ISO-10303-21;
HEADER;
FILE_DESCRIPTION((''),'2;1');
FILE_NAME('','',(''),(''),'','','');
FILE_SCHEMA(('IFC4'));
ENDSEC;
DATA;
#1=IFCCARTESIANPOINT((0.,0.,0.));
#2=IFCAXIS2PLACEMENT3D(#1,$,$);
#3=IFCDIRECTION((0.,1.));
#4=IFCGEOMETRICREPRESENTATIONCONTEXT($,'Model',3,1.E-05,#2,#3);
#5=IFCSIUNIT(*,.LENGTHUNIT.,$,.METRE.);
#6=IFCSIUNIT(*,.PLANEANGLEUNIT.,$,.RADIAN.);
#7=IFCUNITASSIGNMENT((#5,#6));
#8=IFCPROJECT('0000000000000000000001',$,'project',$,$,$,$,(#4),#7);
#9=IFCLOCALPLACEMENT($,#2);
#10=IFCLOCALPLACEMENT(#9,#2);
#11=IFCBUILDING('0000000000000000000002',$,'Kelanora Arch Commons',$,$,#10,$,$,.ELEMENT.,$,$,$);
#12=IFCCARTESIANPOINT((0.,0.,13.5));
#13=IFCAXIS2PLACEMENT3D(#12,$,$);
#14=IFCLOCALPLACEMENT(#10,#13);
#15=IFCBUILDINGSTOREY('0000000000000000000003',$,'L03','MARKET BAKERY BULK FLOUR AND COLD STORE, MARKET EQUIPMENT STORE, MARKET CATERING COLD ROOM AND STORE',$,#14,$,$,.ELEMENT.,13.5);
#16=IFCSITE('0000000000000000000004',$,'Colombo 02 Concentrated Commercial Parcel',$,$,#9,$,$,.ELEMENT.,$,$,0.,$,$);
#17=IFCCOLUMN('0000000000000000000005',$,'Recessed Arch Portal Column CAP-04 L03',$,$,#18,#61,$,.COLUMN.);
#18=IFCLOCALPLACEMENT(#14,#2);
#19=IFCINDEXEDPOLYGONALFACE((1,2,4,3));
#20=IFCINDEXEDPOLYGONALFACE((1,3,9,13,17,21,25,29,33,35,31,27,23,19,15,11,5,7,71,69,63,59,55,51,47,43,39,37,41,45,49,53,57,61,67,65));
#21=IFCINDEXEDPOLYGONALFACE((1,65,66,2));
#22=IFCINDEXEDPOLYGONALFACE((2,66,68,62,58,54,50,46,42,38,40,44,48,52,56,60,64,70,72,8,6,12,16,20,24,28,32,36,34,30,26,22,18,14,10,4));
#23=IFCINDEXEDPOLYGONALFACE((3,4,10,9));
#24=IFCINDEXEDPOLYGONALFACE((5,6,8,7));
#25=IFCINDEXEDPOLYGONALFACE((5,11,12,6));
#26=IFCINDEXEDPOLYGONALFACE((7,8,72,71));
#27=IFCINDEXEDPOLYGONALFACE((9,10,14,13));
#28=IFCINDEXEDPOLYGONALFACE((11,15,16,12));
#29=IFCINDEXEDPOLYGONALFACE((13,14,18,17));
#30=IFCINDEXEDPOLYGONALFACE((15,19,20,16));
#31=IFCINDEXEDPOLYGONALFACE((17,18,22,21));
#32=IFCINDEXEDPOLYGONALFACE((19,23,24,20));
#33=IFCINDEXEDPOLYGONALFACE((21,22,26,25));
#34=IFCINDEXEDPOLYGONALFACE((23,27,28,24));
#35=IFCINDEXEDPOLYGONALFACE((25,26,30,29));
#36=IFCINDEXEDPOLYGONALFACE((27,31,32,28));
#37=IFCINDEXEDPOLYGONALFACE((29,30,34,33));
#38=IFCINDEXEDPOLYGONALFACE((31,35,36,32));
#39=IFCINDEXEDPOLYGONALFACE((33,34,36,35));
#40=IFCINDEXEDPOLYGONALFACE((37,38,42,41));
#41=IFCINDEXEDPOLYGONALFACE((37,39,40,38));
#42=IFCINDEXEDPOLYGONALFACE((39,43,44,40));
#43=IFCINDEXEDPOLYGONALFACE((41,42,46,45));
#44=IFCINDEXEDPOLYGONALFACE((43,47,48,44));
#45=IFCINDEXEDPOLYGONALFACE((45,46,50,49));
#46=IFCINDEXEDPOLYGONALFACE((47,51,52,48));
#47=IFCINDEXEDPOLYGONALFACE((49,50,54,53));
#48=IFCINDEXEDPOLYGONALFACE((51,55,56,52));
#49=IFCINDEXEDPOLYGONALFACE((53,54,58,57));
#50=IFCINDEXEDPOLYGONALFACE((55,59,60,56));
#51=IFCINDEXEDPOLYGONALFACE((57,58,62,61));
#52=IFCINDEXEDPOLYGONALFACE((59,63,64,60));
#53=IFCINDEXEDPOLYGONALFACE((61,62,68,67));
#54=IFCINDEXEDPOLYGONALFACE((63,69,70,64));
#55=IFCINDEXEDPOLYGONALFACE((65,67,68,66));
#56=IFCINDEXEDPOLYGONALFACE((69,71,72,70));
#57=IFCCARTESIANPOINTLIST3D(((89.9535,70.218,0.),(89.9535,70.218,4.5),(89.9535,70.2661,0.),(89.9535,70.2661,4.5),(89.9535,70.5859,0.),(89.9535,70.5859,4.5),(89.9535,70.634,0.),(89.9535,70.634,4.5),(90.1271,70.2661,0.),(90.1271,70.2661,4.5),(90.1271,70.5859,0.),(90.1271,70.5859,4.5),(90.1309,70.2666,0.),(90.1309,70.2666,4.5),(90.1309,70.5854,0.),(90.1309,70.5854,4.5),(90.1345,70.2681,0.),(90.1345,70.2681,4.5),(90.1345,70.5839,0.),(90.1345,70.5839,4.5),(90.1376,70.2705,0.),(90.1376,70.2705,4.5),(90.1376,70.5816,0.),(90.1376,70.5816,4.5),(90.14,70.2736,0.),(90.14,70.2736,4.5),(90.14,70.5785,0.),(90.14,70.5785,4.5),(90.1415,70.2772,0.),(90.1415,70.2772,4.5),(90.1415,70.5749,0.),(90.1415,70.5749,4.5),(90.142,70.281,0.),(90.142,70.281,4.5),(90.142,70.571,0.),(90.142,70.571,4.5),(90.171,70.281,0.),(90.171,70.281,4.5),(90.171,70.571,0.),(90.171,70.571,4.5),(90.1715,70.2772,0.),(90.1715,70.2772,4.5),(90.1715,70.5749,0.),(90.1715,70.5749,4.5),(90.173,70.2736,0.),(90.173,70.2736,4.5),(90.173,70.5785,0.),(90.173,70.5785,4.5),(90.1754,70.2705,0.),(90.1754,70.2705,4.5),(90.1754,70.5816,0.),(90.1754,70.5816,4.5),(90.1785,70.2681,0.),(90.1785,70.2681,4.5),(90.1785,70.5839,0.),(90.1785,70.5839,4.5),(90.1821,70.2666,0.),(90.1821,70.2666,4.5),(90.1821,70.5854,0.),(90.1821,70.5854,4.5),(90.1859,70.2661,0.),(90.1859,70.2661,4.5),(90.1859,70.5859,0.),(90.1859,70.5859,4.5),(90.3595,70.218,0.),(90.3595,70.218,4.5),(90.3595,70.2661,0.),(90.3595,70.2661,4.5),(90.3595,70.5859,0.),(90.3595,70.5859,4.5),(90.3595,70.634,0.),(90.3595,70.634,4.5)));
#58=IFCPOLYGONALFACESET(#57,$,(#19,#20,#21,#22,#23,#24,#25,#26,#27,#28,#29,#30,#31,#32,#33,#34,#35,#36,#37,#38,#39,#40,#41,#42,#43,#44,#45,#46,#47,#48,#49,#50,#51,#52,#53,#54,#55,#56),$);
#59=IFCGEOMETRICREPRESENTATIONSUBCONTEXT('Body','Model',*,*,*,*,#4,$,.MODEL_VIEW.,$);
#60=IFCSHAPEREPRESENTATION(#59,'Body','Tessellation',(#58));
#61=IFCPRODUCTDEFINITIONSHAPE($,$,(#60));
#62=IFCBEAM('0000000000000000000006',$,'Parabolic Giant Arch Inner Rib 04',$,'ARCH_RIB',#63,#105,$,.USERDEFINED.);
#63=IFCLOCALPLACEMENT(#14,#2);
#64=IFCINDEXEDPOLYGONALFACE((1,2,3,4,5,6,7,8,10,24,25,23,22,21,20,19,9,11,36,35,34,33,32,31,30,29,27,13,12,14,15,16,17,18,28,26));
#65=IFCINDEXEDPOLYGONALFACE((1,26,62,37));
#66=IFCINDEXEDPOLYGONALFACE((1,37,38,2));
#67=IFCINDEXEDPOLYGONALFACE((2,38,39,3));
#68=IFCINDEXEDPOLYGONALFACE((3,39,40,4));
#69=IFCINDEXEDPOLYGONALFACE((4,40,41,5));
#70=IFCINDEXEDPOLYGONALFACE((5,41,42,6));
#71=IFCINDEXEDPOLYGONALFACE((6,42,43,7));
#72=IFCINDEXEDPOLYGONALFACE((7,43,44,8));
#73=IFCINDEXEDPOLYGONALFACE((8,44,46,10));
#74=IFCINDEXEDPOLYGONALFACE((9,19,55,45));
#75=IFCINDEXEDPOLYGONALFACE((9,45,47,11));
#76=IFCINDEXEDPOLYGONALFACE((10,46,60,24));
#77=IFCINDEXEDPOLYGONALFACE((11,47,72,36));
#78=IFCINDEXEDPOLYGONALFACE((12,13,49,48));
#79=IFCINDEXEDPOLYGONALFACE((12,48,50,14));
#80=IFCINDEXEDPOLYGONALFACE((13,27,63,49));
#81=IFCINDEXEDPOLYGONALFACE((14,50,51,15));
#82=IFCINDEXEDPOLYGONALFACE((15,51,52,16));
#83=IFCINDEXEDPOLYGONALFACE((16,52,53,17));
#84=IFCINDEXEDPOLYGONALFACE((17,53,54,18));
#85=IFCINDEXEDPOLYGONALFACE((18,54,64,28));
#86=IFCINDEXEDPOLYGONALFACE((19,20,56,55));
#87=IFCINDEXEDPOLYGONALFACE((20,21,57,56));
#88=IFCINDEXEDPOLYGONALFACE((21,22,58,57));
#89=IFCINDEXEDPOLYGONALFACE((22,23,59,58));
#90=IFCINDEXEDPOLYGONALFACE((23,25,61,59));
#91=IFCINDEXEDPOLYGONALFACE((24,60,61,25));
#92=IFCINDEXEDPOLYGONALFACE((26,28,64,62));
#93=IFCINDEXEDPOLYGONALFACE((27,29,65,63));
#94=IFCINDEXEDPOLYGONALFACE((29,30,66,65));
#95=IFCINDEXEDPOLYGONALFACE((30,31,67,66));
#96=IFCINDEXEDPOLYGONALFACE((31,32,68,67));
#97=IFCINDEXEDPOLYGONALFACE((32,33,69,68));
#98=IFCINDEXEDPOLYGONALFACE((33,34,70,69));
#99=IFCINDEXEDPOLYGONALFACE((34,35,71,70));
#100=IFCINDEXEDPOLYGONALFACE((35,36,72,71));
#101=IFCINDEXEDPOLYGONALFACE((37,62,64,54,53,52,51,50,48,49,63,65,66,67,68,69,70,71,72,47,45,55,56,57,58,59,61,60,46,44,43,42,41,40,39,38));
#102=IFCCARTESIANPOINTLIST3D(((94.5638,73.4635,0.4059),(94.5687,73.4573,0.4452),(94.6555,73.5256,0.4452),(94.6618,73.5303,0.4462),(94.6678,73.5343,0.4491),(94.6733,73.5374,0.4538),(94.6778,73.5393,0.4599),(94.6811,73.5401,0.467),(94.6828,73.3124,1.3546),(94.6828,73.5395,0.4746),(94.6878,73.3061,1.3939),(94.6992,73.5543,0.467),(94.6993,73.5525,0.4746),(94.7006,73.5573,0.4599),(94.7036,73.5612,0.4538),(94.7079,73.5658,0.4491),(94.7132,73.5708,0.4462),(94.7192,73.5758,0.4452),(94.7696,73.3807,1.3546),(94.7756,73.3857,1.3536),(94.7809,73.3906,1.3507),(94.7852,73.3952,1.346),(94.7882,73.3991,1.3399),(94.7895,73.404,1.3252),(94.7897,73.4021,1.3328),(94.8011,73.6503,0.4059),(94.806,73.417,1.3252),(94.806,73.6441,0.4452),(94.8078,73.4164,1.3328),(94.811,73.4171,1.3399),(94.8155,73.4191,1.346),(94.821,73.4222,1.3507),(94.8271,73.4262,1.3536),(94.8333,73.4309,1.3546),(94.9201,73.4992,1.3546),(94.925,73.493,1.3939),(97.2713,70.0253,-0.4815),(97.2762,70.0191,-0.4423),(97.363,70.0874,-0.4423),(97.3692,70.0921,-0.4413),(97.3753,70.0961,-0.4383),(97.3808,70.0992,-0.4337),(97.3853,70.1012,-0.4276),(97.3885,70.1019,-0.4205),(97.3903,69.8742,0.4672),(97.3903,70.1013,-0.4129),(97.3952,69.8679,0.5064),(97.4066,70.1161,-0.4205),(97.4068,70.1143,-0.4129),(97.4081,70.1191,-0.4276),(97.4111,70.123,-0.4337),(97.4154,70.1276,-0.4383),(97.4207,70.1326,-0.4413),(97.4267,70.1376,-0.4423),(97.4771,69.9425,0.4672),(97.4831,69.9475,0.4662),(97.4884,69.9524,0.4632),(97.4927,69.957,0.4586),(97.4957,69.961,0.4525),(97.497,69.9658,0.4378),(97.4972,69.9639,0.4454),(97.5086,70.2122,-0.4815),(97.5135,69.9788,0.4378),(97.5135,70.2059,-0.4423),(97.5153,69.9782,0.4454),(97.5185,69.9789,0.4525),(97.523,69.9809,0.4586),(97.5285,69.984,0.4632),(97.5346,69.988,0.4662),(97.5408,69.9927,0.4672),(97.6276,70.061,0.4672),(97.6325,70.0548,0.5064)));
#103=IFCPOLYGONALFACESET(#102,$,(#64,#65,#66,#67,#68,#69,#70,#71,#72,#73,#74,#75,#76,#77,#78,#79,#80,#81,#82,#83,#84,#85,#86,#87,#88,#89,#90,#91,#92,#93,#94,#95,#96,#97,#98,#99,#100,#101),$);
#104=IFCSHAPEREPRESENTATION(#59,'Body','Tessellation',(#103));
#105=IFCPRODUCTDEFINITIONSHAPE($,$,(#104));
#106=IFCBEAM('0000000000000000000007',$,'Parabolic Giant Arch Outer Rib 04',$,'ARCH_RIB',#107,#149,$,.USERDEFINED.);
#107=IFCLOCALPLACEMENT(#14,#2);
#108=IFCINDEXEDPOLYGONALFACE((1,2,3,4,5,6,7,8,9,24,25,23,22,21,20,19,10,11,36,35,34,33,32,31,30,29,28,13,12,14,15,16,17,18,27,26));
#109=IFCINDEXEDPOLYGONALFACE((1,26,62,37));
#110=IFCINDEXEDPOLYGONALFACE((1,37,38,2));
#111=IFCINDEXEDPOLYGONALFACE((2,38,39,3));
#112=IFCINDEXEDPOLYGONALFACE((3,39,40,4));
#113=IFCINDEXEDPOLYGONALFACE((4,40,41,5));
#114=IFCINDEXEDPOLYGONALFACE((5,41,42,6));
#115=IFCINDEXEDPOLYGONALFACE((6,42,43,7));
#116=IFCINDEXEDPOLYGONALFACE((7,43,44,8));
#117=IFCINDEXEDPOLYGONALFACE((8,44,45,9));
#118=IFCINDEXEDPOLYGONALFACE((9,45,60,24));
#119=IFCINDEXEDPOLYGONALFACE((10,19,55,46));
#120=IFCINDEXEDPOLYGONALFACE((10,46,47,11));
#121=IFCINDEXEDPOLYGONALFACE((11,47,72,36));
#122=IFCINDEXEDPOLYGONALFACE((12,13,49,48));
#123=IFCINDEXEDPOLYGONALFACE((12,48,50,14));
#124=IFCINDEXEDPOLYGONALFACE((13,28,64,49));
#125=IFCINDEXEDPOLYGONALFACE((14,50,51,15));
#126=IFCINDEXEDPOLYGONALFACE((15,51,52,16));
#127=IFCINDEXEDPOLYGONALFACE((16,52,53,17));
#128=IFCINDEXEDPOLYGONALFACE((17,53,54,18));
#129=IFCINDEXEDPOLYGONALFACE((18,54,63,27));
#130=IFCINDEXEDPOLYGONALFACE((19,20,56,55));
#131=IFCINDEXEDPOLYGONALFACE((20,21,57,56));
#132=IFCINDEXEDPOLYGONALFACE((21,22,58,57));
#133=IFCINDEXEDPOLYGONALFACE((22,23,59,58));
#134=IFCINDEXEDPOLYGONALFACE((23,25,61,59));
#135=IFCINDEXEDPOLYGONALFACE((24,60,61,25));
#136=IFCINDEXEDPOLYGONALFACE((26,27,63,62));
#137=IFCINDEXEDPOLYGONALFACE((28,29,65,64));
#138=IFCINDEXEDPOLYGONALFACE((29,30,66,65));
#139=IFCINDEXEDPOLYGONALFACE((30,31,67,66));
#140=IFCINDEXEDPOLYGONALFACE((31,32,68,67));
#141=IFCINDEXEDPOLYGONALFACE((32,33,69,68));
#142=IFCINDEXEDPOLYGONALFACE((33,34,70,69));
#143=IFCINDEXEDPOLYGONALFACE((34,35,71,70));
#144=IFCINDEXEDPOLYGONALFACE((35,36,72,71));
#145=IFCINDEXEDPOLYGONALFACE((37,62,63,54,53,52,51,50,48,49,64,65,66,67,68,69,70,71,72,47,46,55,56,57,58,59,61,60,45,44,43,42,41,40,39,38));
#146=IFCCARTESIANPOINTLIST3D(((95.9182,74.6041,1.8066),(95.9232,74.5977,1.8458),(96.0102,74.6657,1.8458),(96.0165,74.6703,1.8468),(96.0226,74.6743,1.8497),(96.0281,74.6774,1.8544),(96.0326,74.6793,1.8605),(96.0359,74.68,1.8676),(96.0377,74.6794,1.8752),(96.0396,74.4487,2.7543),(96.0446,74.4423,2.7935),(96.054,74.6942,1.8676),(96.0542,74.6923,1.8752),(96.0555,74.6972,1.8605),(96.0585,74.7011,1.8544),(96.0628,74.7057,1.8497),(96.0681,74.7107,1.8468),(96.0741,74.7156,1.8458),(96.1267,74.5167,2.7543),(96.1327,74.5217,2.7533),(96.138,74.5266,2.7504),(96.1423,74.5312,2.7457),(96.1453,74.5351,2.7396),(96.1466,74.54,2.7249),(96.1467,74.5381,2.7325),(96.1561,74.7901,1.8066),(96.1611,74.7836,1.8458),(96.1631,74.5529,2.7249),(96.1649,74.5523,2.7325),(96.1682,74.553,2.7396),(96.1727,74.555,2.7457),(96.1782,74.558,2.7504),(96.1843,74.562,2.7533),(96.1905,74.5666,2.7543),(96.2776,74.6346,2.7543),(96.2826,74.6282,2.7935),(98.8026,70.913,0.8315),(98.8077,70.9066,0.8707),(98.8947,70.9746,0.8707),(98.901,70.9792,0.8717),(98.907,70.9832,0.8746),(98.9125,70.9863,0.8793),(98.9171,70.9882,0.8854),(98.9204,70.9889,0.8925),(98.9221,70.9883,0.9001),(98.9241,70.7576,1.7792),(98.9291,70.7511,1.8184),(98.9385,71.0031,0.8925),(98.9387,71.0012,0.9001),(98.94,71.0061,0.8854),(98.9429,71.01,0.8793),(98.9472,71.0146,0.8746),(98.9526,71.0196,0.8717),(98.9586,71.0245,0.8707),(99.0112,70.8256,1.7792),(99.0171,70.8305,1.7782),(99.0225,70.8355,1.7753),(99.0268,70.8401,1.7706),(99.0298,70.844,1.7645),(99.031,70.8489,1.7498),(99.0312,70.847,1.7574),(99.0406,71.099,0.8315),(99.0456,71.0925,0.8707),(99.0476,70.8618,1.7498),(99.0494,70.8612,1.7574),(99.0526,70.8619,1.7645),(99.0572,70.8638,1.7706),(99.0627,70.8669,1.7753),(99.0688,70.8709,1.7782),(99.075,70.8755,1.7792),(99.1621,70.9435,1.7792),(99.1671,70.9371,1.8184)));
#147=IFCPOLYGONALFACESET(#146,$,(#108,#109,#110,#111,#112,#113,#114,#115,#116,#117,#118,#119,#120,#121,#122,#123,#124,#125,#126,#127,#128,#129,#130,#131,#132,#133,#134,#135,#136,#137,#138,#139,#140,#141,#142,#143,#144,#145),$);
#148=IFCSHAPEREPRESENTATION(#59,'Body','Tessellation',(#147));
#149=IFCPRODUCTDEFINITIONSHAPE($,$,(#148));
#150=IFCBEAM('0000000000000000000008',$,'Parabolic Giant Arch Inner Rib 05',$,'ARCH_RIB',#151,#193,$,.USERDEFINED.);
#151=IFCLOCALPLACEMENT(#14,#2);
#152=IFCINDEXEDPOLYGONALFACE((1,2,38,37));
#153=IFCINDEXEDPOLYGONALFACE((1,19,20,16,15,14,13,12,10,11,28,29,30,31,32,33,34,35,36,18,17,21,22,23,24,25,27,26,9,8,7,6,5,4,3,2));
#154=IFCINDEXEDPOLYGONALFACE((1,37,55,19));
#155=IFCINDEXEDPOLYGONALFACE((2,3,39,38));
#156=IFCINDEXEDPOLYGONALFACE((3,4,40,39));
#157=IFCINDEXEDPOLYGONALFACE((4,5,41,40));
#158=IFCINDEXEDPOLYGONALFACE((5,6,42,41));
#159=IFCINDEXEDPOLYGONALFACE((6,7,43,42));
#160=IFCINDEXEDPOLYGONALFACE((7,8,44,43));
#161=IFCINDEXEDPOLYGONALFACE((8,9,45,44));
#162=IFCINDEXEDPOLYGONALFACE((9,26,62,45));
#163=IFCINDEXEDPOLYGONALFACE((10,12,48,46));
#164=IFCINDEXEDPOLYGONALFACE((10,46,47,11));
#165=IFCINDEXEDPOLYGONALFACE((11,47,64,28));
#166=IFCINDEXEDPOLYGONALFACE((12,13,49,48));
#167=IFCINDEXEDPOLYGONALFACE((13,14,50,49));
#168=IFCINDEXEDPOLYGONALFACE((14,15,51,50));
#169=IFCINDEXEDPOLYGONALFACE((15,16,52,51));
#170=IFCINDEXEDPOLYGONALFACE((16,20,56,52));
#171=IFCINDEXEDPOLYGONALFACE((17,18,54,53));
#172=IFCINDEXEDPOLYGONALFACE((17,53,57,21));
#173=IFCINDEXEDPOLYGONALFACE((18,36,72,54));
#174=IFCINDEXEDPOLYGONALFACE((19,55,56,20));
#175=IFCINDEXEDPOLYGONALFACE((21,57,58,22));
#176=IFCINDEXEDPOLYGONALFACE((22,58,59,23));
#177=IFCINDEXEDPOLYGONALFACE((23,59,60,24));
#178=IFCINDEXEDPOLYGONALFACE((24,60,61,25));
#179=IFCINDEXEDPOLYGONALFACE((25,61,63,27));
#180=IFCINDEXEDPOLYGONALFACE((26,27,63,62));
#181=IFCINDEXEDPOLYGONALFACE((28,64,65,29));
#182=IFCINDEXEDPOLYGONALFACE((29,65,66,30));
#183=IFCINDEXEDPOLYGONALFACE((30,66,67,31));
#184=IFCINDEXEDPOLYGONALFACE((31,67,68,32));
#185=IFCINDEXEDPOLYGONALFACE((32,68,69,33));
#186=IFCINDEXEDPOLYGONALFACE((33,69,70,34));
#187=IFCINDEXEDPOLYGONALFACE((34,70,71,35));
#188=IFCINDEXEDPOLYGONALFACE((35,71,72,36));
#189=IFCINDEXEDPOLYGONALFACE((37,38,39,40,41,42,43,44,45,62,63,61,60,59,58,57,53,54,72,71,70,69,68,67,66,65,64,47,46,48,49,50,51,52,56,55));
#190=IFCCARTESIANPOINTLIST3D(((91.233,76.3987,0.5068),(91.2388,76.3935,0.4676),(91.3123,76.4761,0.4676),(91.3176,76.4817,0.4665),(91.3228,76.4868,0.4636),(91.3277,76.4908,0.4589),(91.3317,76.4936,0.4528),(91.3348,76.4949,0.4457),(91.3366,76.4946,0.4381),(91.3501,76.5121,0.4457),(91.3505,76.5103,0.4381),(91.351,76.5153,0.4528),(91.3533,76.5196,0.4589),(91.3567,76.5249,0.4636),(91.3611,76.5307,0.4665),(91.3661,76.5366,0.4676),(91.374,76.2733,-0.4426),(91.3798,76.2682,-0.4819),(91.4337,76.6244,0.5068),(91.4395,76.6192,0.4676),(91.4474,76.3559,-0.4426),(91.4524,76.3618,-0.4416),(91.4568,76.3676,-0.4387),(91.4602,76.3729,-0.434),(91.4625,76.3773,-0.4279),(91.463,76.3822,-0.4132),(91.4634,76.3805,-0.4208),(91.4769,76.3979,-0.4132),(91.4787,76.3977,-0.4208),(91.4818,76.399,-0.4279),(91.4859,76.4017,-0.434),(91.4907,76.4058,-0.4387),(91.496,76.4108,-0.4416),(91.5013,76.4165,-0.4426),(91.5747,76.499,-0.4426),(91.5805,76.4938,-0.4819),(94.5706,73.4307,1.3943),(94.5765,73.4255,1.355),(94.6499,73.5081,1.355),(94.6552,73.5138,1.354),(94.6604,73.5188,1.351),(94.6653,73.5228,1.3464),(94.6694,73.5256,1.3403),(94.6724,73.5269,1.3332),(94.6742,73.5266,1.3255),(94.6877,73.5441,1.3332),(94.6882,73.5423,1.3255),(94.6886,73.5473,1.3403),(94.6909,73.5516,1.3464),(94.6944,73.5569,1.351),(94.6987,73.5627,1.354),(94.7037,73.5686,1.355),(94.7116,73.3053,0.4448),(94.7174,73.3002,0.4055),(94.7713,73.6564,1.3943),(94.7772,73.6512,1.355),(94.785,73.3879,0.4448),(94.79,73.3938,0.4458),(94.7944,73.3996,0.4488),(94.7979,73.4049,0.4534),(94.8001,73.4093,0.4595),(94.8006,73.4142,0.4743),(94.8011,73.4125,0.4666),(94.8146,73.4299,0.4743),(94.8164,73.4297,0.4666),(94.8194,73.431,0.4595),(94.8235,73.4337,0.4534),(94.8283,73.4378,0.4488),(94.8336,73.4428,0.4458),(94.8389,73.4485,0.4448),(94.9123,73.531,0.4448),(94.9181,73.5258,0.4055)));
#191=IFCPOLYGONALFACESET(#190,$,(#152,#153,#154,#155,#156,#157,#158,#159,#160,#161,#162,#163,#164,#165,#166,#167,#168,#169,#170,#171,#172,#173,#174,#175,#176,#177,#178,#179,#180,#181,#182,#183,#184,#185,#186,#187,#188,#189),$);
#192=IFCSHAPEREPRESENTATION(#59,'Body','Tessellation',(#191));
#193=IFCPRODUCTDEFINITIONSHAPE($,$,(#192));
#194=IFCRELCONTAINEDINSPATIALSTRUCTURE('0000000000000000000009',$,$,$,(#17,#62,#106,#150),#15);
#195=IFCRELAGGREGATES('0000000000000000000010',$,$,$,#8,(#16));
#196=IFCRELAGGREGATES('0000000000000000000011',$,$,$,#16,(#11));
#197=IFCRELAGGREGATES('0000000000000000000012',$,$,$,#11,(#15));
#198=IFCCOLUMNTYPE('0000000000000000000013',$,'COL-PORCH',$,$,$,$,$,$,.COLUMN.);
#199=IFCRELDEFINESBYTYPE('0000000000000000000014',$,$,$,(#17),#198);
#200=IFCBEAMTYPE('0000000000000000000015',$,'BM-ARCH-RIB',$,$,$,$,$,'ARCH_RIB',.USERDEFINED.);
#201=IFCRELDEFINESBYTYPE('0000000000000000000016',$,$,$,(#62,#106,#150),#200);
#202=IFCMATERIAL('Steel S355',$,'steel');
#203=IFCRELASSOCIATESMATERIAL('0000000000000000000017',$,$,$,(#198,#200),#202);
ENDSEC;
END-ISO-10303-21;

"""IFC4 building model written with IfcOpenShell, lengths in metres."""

from ifc_helpers import new_model, si_unit, direction, frame, origin, origin_2d, place, context, subcontext, project, spatial, i_section, extrude, material, material_profile, profile_set, type_object, element, save


model = new_model("IFC4")

# Units and contexts
model_context = context("Model", 3, precision=1e-05, world=origin(), true_north=direction((0.0, 1.0)))
body_context = subcontext(model_context, "Body", "Model", "MODEL_VIEW")
ifc_project = project(units=[si_unit("LENGTHUNIT", "METRE"), si_unit("PLANEANGLEUNIT", "RADIAN")], contexts=[model_context])

# Site, building, storey
site_placement = place(None, origin())
site = spatial("IfcSite", under=ifc_project, at=site_placement, Name="Colombo 02 Concentrated Commercial Parcel", CompositionType="ELEMENT", RefElevation=0.0)
building_placement = place(site_placement, origin())
building = spatial("IfcBuilding", under=site, at=building_placement, Name="Kelanora Arch Commons", CompositionType="ELEMENT")
storey_placement = place(building_placement, frame((0.0, 0.0, 13.5)))
storey = spatial("IfcBuildingStorey", under=building, at=storey_placement, Name="L03", Description="MARKET BAKERY BULK FLOUR AND COLD STORE, MARKET EQUIPMENT STORE, MARKET CATERING COLD ROOM AND STORE", CompositionType="ELEMENT", Elevation=13.5)

# Column
ifc_material_1 = material(Name="Steel S355", Category="steel")
ifc_material_profile_1 = material_profile(ifc_material_1, i_section(OverallWidth=0.406, OverallDepth=0.416, WebThickness=0.0291, FlangeThickness=0.0481, FilletRadius=0.0149, at=origin_2d()), Name="HD400x382")
ifc_profile_set_1 = profile_set([ifc_material_profile_1], Name="Steel S355")
column_type = type_object("IfcColumnType", Name="COL-PORCH", PredefinedType="COLUMN", material=ifc_profile_set_1)
column_placement = place(storey_placement, frame((90.1565, 70.426, 0.0), z_axis=(0.0, 0.0, 1.0), x_axis=(1.0, 0.0, 0.0)))
element("IfcColumn", 1, at=column_placement, inside=storey, type_object=column_type, Name="Recessed Arch Portal Column CAP-04 L03", PredefinedType="COLUMN", context=body_context, shape_type="SweptSolid", body=[
    extrude(i_section(OverallWidth=0.406, OverallDepth=0.416, WebThickness=0.0291, FlangeThickness=0.0481, FilletRadius=0.0149, at=origin_2d()), origin(), (0.0, 0.0, 1.0), 4.5),
])

# Beams
ifc_material_profile_2 = material_profile(ifc_material_1, i_section(OverallWidth=0.302, OverallDepth=1.0081, WebThickness=0.021, FlangeThickness=0.04, FilletRadius=0.03, at=origin_2d()), Name="HEM1000")
ifc_profile_set_2 = profile_set([ifc_material_profile_2], Name="Steel S355")
beam_type_1 = type_object("IfcBeamType", Name="BM-ARCH-RIB", ElementType="ARCH_RIB", PredefinedType="USERDEFINED", material=ifc_profile_set_2)
beam_1_placement = place(storey_placement, frame((97.4519, 70.04, 0.0125), z_axis=(-0.606335, 0.769974, 0.19874), x_axis=(-0.785646, -0.618676, 0.0)))
element("IfcBeam", 2, at=beam_1_placement, inside=storey, type_object=beam_type_1, Name="Parabolic Giant Arch Inner Rib 04", ObjectType="ARCH_RIB", PredefinedType="USERDEFINED", context=body_context, shape_type="SweptSolid", body=[
    extrude(i_section(OverallWidth=0.302, OverallDepth=1.0081, WebThickness=0.021, FlangeThickness=0.04, FilletRadius=0.03, at=origin_2d()), origin(), (0.0, 0.0, 1.0), 4.4653),
])
beam_2_placement = place(storey_placement, frame((98.9849, 70.925, 1.325), z_axis=(-0.602829, 0.771407, 0.203783), x_axis=(-0.787941, -0.61575, 0.0)))
element("IfcBeam", 3, at=beam_2_placement, inside=storey, type_object=beam_type_1, Name="Parabolic Giant Arch Outer Rib 04", ObjectType="ARCH_RIB", PredefinedType="USERDEFINED", context=body_context, shape_type="SweptSolid", body=[
    extrude(i_section(OverallWidth=0.302, OverallDepth=1.0081, WebThickness=0.021, FlangeThickness=0.04, FilletRadius=0.03, at=origin_2d()), origin(), (0.0, 0.0, 1.0), 4.7849),
])
beam_3_placement = place(storey_placement, frame((94.7444, 73.4783, 0.8999), z_axis=(-0.732946, 0.651775, -0.194884), x_axis=(-0.664516, -0.747274, 0.0)))
element("IfcBeam", 4, at=beam_3_placement, inside=storey, type_object=beam_type_1, Name="Parabolic Giant Arch Inner Rib 05", ObjectType="ARCH_RIB", PredefinedType="USERDEFINED", context=body_context, shape_type="SweptSolid", body=[
    extrude(i_section(OverallWidth=0.302, OverallDepth=1.0081, WebThickness=0.021, FlangeThickness=0.04, FilletRadius=0.03, at=origin_2d()), origin(), (0.0, 0.0, 1.0), 4.5537),
])

save(model, "model.ifc")
